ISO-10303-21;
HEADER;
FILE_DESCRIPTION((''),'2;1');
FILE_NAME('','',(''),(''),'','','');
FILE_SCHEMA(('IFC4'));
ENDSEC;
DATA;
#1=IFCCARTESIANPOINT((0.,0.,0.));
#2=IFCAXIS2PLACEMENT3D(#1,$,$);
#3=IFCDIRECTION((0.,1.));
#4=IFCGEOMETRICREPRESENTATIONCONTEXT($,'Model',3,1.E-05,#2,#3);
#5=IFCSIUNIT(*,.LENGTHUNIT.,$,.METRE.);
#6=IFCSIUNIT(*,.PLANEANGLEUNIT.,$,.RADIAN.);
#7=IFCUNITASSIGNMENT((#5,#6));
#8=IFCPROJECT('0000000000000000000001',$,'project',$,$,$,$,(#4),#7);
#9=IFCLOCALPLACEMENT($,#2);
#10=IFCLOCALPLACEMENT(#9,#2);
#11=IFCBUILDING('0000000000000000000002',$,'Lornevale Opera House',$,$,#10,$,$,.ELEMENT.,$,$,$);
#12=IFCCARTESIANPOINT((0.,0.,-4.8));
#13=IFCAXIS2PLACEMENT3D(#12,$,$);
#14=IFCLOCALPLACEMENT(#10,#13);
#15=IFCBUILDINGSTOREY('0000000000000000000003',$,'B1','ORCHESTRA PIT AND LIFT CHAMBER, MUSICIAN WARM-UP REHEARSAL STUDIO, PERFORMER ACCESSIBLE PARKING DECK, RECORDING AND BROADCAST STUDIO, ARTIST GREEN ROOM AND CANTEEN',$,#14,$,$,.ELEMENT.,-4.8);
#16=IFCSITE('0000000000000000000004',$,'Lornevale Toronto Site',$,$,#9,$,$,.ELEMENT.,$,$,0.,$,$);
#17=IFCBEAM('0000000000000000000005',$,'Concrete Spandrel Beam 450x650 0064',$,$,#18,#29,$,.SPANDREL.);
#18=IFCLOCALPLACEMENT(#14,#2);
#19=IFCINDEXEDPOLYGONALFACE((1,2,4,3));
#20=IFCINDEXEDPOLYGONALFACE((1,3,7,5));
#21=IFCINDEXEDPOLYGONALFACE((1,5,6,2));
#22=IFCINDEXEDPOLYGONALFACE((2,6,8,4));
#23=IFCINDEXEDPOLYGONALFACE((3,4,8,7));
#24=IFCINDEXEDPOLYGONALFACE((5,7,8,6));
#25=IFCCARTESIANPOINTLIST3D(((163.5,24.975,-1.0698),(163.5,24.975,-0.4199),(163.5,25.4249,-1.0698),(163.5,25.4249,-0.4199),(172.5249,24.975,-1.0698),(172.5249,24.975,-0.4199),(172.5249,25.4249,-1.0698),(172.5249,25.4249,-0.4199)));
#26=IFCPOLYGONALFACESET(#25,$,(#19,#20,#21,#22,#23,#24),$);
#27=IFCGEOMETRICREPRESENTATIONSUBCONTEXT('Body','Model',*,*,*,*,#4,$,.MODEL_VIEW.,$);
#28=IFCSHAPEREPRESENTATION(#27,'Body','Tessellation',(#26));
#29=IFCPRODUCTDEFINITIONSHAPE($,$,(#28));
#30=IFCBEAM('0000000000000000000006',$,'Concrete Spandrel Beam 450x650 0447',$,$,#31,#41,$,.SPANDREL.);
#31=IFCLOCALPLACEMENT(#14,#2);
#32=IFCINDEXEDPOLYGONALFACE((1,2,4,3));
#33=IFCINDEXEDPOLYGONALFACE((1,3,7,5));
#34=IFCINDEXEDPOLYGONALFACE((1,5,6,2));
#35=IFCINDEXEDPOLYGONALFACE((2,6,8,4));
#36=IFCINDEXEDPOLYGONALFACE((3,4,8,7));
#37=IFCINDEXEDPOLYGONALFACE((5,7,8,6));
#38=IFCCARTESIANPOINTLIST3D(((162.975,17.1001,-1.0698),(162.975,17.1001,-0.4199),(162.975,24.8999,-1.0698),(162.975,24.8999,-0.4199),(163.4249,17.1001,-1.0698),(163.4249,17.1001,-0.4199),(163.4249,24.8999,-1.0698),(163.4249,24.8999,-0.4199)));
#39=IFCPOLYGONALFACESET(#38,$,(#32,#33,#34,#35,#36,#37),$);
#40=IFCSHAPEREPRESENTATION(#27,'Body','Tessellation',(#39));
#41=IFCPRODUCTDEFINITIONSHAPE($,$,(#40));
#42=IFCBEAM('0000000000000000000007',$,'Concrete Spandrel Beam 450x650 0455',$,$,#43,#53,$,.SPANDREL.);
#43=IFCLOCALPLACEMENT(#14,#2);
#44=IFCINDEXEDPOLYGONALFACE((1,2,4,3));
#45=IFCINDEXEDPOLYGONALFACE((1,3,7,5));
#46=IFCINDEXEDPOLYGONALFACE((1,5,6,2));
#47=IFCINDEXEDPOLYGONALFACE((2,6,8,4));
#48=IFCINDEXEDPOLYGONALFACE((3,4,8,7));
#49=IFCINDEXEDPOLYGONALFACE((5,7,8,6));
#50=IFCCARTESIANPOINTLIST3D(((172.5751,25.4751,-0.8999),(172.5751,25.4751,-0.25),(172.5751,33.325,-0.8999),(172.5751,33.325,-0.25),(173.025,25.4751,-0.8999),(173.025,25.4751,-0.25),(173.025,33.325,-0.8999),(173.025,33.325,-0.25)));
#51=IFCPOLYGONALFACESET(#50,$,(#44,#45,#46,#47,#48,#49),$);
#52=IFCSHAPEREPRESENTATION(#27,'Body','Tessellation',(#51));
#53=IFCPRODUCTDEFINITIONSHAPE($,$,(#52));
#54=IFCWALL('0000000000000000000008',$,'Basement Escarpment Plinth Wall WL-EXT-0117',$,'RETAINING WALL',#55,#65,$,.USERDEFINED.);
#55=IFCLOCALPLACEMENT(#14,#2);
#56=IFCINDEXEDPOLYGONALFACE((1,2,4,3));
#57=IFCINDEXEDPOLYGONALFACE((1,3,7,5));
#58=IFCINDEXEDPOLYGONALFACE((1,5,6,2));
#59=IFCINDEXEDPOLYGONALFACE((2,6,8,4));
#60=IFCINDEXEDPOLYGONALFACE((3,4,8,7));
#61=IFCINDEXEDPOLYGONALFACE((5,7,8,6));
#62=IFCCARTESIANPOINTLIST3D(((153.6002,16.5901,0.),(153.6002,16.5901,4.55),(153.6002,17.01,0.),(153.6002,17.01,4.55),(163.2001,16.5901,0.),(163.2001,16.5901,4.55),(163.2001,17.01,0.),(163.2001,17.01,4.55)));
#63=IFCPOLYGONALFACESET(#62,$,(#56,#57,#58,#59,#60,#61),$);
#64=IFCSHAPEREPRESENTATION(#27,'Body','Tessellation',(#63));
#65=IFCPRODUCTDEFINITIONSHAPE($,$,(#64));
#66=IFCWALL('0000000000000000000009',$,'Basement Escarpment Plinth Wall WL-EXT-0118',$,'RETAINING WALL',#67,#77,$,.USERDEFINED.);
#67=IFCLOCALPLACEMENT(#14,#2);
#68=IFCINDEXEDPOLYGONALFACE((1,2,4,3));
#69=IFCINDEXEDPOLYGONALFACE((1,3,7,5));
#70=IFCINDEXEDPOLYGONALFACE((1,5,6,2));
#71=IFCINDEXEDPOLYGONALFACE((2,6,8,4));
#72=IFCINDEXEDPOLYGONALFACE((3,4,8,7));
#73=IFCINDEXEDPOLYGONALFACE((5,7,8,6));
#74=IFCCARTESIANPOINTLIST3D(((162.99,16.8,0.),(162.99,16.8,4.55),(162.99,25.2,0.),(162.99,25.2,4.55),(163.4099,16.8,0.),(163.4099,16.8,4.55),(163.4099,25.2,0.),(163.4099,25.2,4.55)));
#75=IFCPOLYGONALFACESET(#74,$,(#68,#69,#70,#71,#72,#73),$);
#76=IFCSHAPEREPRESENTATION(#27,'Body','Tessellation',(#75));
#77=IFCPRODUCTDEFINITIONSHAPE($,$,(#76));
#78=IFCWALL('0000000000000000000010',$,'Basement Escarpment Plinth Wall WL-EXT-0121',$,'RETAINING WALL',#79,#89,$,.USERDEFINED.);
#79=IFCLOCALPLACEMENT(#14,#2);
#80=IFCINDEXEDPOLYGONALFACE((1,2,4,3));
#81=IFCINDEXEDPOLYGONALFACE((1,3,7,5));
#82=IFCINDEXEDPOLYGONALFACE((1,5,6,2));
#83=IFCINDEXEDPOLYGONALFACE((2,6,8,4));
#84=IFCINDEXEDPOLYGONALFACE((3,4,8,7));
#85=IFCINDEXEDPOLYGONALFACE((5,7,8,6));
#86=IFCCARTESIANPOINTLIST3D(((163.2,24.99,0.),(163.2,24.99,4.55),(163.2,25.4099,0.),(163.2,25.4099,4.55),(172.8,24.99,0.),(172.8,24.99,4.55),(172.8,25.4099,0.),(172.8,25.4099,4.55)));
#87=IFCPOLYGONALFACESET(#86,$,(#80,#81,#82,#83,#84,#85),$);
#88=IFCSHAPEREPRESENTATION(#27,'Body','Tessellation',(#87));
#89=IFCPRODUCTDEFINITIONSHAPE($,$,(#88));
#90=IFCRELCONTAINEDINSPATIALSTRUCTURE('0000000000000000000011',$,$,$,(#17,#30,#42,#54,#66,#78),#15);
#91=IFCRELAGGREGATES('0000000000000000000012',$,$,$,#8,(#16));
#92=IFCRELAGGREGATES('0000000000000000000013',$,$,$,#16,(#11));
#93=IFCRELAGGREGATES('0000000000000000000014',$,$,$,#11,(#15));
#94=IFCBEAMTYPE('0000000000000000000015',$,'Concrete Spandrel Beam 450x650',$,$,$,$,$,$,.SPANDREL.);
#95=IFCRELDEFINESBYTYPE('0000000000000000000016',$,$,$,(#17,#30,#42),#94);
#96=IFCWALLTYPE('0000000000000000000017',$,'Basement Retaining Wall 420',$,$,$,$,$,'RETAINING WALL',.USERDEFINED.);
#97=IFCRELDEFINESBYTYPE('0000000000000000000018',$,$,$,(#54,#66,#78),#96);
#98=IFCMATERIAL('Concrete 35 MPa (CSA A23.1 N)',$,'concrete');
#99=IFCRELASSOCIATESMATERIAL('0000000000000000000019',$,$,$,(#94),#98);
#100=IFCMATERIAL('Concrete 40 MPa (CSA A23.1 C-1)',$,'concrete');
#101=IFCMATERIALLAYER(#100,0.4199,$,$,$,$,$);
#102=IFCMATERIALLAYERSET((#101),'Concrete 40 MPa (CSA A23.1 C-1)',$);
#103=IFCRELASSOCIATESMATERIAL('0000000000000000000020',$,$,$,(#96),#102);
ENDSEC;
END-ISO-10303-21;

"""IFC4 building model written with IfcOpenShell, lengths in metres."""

from ifc_helpers import new_model, si_unit, direction, frame, frame_2d, origin, origin_2d, place, context, subcontext, project, spatial, rectangle, extrude, material, layer, layer_set, material_profile, profile_set, type_object, element, save


model = new_model("IFC4")

# Units and contexts
model_context = context("Model", 3, precision=1e-05, world=origin(), true_north=direction((0.0, 1.0)))
body_context = subcontext(model_context, "Body", "Model", "MODEL_VIEW")
ifc_project = project(units=[si_unit("LENGTHUNIT", "METRE"), si_unit("PLANEANGLEUNIT", "RADIAN")], contexts=[model_context])

# Site, building, storey
site_placement = place(None, origin())
site = spatial("IfcSite", under=ifc_project, at=site_placement, Name="Lornevale Toronto Site", CompositionType="ELEMENT", RefElevation=0.0)
building_placement = place(site_placement, origin())
building = spatial("IfcBuilding", under=site, at=building_placement, Name="Lornevale Opera House", CompositionType="ELEMENT")
storey_placement = place(building_placement, frame((0.0, 0.0, -4.8)))
storey = spatial("IfcBuildingStorey", under=building, at=storey_placement, Name="B1", Description="ORCHESTRA PIT AND LIFT CHAMBER, MUSICIAN WARM-UP REHEARSAL STUDIO, PERFORMER ACCESSIBLE PARKING DECK, RECORDING AND BROADCAST STUDIO, ARTIST GREEN ROOM AND CANTEEN", CompositionType="ELEMENT", Elevation=-4.8)

# Shared definitions
ifc_material_1 = material(Name="Concrete 35 MPa (CSA A23.1 N)", Category="concrete")
ifc_material_2 = material(Name="Concrete 40 MPa (CSA A23.1 C-1)", Category="concrete")

# Beams
ifc_material_profile_1 = material_profile(ifc_material_1, rectangle(XDim=0.45, YDim=0.6499, at=origin_2d()), Name="RC450x650")
ifc_profile_set_1 = profile_set([ifc_material_profile_1], Name="Concrete 35 MPa (CSA A23.1 N)")
beam_type_1 = type_object("IfcBeamType", Name="Concrete Spandrel Beam 450x650", PredefinedType="SPANDREL", material=ifc_profile_set_1)
beam_1_placement = place(storey_placement, frame((163.5, 25.2, -0.7449), z_axis=(1.0, 0.0, 0.0), x_axis=(0.0, 1.0, 0.0)))
element("IfcBeam", 1, at=beam_1_placement, inside=storey, type_object=beam_type_1, Name="Concrete Spandrel Beam 450x650 0064", PredefinedType="SPANDREL", context=body_context, shape_type="SweptSolid", body=[
    extrude(rectangle(XDim=0.45, YDim=0.6499, at=origin_2d()), origin(), (0.0, 0.0, 1.0), 9.0249),
])
beam_2_placement = place(storey_placement, frame((163.2, 17.1001, -0.7449), z_axis=(0.0, 1.0, 0.0), x_axis=(-1.0, 0.0, 0.0)))
element("IfcBeam", 2, at=beam_2_placement, inside=storey, type_object=beam_type_1, Name="Concrete Spandrel Beam 450x650 0447", PredefinedType="SPANDREL", context=body_context, shape_type="SweptSolid", body=[
    extrude(rectangle(XDim=0.45, YDim=0.6499, at=origin_2d()), origin(), (0.0, 0.0, 1.0), 7.7998),
])
beam_3_placement = place(storey_placement, frame((172.8, 25.4751, -0.575), z_axis=(0.0, 1.0, 0.0), x_axis=(-1.0, 0.0, 0.0)))
element("IfcBeam", 3, at=beam_3_placement, inside=storey, type_object=beam_type_1, Name="Concrete Spandrel Beam 450x650 0455", PredefinedType="SPANDREL", context=body_context, shape_type="SweptSolid", body=[
    extrude(rectangle(XDim=0.45, YDim=0.6499, at=origin_2d()), origin(), (0.0, 0.0, 1.0), 7.8499),
])

# Walls
ifc_layer_1 = layer(ifc_material_2, 0.4199)
ifc_layer_set_1 = layer_set([ifc_layer_1], Name="Concrete 40 MPa (CSA A23.1 C-1)")
wall_type = type_object("IfcWallType", Name="Basement Retaining Wall 420", ElementType="RETAINING WALL", PredefinedType="USERDEFINED", material=ifc_layer_set_1)
wall_1_placement = place(storey_placement, frame((163.2, 16.8, 0.0), z_axis=(0.0, 0.0, 1.0), x_axis=(-1.0, 0.0, 0.0)))
element("IfcWall", 4, at=wall_1_placement, inside=storey, type_object=wall_type, Name="Basement Escarpment Plinth Wall WL-EXT-0117", ObjectType="RETAINING WALL", PredefinedType="USERDEFINED", context=body_context, shape_type="SweptSolid", body=[
    extrude(rectangle(XDim=9.5999, YDim=0.4199, at=frame_2d((4.7998, 0.0))), origin(), (0.0, 0.0, 1.0), 4.55),
])
wall_2_placement = place(storey_placement, frame((163.2, 25.2, 0.0), z_axis=(0.0, 0.0, 1.0), x_axis=(0.0, -1.0, 0.0)))
element("IfcWall", 5, at=wall_2_placement, inside=storey, type_object=wall_type, Name="Basement Escarpment Plinth Wall WL-EXT-0118", ObjectType="RETAINING WALL", PredefinedType="USERDEFINED", context=body_context, shape_type="SweptSolid", body=[
    extrude(rectangle(XDim=8.3999, YDim=0.4199, at=frame_2d((4.2, 0.0))), origin(), (0.0, 0.0, 1.0), 4.55),
])
wall_3_placement = place(storey_placement, frame((172.8, 25.2, 0.0), z_axis=(0.0, 0.0, 1.0), x_axis=(-1.0, 0.0, 0.0)))
element("IfcWall", 6, at=wall_3_placement, inside=storey, type_object=wall_type, Name="Basement Escarpment Plinth Wall WL-EXT-0121", ObjectType="RETAINING WALL", PredefinedType="USERDEFINED", context=body_context, shape_type="SweptSolid", body=[
    extrude(rectangle(XDim=9.6001, YDim=0.4199, at=frame_2d((4.8, 0.0))), origin(), (0.0, 0.0, 1.0), 4.55),
])

save(model, "model.ifc")
